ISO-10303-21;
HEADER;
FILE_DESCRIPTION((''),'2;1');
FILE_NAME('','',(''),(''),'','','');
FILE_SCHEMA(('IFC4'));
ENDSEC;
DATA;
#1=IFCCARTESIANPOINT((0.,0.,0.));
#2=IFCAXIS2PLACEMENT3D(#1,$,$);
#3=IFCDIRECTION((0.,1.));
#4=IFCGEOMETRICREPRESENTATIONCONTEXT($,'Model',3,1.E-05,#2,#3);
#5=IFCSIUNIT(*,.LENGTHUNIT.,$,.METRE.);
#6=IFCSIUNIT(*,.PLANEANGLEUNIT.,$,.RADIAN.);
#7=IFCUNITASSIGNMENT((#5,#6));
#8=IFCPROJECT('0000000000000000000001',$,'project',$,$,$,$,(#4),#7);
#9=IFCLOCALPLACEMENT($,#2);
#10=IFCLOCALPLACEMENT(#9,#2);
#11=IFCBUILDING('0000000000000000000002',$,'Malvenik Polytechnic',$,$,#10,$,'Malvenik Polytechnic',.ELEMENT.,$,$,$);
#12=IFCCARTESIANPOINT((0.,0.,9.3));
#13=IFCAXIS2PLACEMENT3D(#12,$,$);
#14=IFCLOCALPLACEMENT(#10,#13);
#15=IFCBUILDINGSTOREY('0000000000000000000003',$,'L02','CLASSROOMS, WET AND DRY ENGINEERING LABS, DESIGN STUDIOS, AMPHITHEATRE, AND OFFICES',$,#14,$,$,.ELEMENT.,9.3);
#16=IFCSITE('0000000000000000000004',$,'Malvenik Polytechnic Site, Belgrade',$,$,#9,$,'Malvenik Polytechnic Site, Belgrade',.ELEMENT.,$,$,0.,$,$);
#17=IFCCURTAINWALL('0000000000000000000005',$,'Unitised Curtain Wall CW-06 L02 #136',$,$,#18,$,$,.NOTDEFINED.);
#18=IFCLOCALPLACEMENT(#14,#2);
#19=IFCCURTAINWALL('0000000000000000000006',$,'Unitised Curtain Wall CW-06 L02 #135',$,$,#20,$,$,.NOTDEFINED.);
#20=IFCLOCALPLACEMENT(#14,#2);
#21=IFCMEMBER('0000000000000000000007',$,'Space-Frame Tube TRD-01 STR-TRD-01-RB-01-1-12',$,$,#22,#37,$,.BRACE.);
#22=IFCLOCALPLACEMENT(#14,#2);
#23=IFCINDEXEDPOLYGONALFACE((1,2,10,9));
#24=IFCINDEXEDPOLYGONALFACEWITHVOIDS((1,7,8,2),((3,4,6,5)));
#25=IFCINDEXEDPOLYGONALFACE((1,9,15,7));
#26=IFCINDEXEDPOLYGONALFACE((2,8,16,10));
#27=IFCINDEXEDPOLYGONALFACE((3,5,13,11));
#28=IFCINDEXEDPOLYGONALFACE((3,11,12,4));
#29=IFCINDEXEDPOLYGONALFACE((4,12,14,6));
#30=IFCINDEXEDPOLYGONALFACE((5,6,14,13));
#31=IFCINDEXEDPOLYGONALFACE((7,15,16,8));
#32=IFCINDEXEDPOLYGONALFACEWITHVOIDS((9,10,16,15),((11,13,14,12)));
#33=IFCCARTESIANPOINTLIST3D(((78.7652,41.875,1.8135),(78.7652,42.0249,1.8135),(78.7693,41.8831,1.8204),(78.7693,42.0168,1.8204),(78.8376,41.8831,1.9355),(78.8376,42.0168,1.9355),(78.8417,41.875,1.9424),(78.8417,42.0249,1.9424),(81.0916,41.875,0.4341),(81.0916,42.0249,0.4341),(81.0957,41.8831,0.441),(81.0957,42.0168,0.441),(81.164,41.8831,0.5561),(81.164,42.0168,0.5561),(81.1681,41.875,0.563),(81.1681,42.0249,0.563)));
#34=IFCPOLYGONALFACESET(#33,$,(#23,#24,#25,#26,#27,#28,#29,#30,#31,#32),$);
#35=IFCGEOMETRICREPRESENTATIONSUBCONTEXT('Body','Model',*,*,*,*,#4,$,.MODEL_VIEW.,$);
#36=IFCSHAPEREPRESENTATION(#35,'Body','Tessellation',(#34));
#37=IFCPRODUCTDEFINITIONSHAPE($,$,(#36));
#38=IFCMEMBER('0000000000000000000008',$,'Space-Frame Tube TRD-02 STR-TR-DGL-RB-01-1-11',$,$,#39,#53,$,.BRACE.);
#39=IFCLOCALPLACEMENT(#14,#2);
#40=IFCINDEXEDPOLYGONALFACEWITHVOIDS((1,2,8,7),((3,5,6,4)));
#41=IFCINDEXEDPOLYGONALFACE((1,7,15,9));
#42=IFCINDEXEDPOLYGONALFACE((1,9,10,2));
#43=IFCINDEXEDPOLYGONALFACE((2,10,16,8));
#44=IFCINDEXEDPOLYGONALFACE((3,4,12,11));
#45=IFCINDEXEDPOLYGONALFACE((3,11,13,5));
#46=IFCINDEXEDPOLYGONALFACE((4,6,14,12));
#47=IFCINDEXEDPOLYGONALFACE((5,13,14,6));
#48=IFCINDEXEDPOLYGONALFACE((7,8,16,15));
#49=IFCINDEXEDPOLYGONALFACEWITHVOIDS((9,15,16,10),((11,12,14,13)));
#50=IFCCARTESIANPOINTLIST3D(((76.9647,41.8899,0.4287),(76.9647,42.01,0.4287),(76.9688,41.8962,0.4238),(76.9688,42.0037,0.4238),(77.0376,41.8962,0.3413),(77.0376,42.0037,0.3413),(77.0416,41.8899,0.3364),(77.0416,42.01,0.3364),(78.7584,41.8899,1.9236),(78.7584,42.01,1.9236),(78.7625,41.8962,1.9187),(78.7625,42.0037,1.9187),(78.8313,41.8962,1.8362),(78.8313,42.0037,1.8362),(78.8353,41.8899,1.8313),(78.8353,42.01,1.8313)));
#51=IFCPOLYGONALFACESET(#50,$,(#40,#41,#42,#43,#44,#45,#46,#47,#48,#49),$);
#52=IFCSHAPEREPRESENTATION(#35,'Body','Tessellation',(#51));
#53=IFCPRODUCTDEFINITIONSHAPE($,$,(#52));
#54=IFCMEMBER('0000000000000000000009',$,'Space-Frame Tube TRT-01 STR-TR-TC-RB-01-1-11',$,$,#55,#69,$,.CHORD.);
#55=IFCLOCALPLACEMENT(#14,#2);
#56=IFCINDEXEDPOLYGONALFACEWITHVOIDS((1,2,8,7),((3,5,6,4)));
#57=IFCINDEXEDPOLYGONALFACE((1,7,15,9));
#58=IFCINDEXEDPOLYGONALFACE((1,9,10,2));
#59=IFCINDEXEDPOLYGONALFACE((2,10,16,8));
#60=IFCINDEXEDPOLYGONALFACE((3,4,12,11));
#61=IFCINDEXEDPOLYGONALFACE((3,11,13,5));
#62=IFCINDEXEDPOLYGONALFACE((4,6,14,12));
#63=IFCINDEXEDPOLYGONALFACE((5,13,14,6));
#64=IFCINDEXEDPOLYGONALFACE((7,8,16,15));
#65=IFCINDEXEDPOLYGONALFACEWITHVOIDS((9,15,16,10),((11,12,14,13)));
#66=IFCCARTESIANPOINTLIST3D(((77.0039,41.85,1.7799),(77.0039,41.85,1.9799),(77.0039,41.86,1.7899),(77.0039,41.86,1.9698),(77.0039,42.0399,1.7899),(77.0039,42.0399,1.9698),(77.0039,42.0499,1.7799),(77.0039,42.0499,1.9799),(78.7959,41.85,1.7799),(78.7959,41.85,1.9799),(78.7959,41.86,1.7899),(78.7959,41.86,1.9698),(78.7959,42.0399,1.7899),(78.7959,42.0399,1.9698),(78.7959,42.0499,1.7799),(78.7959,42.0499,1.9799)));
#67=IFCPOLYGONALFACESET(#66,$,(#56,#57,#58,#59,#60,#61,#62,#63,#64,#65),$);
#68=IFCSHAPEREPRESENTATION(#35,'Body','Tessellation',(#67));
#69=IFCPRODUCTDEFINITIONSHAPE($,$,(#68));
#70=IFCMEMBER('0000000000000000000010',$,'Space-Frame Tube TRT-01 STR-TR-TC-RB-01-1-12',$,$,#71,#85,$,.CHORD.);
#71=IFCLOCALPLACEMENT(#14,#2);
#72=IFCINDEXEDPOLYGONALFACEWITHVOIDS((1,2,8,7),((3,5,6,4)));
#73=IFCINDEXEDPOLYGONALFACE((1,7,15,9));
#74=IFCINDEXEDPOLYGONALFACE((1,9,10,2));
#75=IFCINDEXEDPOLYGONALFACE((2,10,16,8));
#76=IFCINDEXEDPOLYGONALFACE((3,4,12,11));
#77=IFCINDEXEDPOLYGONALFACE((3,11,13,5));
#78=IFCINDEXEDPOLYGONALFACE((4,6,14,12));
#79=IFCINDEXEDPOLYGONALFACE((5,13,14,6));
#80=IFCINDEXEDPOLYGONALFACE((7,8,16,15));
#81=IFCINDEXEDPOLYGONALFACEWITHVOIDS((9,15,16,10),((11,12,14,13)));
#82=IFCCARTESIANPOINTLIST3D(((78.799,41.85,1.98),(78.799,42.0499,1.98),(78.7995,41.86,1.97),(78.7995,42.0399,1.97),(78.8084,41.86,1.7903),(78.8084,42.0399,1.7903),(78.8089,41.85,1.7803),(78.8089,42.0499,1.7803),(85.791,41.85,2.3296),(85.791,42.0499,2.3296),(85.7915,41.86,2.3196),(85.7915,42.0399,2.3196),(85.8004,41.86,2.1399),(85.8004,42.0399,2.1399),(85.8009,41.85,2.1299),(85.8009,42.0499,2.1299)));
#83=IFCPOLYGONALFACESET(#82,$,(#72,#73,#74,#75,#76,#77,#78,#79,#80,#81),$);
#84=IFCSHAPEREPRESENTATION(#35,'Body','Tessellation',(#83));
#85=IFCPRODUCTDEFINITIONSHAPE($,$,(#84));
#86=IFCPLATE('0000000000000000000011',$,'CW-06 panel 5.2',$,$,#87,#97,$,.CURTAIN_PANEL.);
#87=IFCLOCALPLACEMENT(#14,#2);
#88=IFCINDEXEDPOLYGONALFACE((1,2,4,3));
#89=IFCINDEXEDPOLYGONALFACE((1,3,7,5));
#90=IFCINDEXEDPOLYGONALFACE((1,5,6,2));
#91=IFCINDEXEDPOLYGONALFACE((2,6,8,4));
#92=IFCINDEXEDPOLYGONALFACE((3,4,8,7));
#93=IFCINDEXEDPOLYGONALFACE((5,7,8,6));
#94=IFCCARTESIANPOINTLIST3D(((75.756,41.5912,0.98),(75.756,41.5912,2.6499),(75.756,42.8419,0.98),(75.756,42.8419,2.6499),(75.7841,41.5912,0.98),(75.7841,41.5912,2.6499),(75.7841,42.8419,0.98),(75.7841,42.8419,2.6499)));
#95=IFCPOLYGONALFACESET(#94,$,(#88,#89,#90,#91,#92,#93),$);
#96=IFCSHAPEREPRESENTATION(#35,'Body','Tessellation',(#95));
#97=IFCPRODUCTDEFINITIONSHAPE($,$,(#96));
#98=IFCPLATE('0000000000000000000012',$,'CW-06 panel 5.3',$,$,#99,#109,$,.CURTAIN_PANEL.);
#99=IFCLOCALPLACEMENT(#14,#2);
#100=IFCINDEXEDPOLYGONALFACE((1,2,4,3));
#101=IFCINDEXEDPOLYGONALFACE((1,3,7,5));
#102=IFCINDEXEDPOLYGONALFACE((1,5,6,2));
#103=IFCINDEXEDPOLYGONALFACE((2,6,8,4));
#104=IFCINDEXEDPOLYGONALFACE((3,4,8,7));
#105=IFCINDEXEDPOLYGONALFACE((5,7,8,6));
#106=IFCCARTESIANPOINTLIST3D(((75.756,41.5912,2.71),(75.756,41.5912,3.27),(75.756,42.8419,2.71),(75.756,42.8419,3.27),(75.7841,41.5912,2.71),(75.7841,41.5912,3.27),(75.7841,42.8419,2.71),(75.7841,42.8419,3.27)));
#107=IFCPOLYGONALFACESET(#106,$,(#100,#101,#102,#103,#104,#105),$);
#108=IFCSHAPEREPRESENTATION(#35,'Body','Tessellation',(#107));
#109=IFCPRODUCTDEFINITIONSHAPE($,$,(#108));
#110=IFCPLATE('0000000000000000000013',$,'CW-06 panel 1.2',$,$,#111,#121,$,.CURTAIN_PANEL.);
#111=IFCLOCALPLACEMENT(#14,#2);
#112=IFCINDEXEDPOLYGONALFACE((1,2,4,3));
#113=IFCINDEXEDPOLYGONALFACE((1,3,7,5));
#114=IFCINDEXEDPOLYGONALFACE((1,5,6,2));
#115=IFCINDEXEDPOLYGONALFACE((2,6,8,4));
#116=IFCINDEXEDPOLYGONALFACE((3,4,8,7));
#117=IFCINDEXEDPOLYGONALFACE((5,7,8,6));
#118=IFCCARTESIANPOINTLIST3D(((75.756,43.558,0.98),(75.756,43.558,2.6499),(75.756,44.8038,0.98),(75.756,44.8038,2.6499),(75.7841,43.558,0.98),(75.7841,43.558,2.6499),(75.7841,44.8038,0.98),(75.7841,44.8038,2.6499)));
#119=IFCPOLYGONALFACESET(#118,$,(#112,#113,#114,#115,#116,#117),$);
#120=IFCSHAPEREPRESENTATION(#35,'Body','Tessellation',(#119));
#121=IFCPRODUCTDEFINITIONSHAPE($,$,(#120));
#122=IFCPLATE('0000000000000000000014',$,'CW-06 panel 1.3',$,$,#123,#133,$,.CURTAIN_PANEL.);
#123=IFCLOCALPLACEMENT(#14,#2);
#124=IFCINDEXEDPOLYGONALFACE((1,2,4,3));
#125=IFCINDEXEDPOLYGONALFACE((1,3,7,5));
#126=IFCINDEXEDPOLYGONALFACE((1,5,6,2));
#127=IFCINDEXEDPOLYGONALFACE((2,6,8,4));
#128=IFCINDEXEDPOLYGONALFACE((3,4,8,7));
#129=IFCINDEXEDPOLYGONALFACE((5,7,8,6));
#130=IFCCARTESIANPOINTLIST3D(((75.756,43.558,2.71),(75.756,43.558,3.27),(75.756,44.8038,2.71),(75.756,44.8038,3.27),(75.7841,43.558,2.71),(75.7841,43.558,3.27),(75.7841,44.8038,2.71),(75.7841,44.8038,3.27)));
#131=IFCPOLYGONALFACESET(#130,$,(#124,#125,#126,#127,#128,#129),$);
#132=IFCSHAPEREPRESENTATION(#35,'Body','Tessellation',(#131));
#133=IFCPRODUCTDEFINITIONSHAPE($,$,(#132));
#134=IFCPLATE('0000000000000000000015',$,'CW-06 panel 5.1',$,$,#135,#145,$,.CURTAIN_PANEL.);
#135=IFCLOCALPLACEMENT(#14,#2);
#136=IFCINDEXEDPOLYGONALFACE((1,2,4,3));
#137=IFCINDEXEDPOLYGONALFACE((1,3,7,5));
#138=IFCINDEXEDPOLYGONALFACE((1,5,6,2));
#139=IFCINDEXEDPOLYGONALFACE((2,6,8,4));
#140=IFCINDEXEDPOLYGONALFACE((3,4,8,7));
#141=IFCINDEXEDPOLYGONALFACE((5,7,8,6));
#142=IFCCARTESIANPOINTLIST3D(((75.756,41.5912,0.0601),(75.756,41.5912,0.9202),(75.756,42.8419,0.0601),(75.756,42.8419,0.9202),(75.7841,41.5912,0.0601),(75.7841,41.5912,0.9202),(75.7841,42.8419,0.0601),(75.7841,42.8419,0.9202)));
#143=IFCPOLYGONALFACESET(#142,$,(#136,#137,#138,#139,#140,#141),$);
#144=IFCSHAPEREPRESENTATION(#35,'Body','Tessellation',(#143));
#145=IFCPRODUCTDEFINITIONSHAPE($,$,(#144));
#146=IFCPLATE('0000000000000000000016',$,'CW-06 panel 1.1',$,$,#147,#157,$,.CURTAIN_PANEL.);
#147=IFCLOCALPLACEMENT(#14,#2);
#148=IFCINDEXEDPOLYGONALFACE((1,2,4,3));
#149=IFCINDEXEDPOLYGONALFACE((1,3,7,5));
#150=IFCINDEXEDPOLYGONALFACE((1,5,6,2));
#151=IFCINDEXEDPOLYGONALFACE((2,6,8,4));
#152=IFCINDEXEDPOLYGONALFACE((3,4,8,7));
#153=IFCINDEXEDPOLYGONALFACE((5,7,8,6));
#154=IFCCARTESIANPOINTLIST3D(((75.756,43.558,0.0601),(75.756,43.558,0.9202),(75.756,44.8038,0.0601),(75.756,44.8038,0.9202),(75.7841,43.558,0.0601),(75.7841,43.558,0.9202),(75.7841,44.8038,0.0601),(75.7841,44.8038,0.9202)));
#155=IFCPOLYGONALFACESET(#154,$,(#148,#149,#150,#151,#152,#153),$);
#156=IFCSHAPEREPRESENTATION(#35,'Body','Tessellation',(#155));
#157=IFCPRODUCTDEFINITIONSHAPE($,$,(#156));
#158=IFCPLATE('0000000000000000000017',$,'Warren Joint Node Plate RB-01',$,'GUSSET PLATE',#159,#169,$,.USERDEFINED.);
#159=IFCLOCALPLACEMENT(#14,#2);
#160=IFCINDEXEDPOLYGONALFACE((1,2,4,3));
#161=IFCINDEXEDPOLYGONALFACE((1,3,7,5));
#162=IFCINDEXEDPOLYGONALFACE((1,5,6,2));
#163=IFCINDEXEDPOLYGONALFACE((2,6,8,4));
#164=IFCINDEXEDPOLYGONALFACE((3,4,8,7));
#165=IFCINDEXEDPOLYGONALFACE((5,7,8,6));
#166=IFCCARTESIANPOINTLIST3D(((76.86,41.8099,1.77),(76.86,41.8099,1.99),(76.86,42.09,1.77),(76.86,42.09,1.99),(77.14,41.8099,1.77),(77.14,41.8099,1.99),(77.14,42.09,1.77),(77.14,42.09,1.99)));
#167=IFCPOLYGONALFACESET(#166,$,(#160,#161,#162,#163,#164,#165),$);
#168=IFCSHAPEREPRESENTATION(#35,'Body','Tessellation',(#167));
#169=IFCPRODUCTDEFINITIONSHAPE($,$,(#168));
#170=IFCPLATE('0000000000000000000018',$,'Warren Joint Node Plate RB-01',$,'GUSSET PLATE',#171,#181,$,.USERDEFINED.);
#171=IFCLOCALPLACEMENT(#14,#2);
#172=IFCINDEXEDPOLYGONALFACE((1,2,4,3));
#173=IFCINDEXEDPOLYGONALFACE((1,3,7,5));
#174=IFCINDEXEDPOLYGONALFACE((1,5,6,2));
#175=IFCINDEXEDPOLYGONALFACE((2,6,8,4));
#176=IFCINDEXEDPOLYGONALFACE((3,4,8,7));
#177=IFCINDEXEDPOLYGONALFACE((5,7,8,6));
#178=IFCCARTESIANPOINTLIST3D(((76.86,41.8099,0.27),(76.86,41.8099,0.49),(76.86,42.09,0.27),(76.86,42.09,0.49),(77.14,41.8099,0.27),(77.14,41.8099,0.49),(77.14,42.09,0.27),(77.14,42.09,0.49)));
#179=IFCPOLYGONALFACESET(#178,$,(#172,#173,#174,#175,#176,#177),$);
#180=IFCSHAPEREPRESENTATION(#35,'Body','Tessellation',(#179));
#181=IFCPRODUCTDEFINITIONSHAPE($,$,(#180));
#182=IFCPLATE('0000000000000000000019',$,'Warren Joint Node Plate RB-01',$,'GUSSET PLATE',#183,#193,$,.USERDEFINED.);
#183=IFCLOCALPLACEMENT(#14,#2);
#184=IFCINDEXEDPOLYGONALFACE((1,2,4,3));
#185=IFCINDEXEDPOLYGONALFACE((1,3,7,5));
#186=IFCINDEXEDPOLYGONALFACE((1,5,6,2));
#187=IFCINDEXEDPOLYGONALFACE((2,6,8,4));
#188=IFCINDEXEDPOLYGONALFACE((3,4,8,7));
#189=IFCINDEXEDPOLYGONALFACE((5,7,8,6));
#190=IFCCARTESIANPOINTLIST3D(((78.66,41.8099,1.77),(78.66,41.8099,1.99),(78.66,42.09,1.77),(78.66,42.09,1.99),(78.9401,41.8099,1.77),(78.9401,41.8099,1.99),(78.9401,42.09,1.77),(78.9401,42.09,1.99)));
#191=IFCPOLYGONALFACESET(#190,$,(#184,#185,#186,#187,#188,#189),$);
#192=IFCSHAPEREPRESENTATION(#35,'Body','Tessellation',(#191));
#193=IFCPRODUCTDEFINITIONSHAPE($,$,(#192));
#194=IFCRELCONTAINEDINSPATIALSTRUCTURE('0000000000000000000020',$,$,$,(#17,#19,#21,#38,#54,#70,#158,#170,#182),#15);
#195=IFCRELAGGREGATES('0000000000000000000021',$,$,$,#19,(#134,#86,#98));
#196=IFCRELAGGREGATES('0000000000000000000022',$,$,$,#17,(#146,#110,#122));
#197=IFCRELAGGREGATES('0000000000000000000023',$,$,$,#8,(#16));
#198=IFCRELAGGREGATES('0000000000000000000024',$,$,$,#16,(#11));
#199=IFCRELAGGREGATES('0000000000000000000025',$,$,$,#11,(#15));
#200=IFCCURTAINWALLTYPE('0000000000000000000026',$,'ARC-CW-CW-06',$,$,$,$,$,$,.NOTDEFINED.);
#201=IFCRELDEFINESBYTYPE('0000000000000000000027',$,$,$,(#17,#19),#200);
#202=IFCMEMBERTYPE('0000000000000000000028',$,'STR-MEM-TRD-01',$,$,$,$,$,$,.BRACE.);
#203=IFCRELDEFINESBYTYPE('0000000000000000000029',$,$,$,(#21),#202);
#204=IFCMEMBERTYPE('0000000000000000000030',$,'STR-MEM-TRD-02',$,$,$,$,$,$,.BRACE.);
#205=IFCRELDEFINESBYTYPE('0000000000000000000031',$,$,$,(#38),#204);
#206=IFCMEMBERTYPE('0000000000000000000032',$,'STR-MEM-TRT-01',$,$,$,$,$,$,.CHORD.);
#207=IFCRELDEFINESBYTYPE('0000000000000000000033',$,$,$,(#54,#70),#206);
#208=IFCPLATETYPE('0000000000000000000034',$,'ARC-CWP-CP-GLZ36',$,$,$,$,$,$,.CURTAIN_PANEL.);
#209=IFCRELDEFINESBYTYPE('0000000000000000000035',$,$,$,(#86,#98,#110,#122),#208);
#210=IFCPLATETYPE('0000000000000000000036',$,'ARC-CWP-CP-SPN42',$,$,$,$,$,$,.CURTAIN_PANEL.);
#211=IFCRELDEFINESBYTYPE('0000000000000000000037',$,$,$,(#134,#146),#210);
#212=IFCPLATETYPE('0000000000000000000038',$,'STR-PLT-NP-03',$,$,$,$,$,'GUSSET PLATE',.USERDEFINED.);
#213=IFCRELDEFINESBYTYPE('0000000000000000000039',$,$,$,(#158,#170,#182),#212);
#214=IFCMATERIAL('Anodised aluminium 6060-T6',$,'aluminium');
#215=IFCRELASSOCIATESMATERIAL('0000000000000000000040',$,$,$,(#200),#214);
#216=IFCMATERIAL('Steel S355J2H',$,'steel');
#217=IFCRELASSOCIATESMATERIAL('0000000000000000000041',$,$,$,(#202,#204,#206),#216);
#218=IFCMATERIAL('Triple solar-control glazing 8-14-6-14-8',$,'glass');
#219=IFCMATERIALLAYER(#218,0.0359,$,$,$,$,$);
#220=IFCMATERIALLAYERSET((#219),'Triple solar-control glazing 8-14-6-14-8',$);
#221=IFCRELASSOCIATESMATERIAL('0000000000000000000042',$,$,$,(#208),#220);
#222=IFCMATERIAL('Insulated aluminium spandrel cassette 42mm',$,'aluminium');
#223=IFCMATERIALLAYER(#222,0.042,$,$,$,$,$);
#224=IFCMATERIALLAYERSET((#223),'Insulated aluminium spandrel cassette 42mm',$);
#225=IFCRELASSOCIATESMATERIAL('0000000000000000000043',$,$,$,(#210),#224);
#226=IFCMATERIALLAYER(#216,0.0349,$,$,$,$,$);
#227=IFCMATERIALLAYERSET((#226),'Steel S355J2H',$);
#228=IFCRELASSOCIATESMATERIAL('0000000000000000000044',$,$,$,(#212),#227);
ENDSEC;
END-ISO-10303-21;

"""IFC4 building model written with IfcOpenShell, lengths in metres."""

from ifc_helpers import new_model, si_unit, direction, frame, origin, origin_2d, place, context, subcontext, project, spatial, rectangle, hollow_rectangle, extrude, material, layer, layer_set, material_profile, profile_set, type_object, element, aggregate, save


model = new_model("IFC4")

# Units and contexts
model_context = context("Model", 3, precision=1e-05, world=origin(), true_north=direction((0.0, 1.0)))
body_context = subcontext(model_context, "Body", "Model", "MODEL_VIEW")
ifc_project = project(units=[si_unit("LENGTHUNIT", "METRE"), si_unit("PLANEANGLEUNIT", "RADIAN")], contexts=[model_context])

# Site, building, storey
site_placement = place(None, origin())
site = spatial("IfcSite", under=ifc_project, at=site_placement, Name="Malvenik Polytechnic Site, Belgrade", LongName="Malvenik Polytechnic Site, Belgrade", CompositionType="ELEMENT", RefElevation=0.0)
building_placement = place(site_placement, origin())
building = spatial("IfcBuilding", under=site, at=building_placement, Name="Malvenik Polytechnic", LongName="Malvenik Polytechnic", CompositionType="ELEMENT")
storey_placement = place(building_placement, frame((0.0, 0.0, 9.3)))
storey = spatial("IfcBuildingStorey", under=building, at=storey_placement, Name="L02", Description="CLASSROOMS, WET AND DRY ENGINEERING LABS, DESIGN STUDIOS, AMPHITHEATRE, AND OFFICES", CompositionType="ELEMENT", Elevation=9.3)

# Shared definitions
ifc_material_1 = material(Name="Steel S355J2H", Category="steel")

# Curtain wall
ifc_material_2 = material(Name="Anodised aluminium 6060-T6", Category="aluminium")
curtain_wall_type = type_object("IfcCurtainWallType", Name="ARC-CW-CW-06", PredefinedType="NOTDEFINED", material=ifc_material_2)
curtain_wall_1_placement = place(storey_placement, origin())
curtain_wall_1 = element("IfcCurtainWall", 1, at=curtain_wall_1_placement, inside=storey, type_object=curtain_wall_type, Name="Unitised Curtain Wall CW-06 L02 #136", PredefinedType="NOTDEFINED")

# Curtain wall
curtain_wall_2_placement = place(storey_placement, origin())
curtain_wall_2 = element("IfcCurtainWall", 2, at=curtain_wall_2_placement, inside=storey, type_object=curtain_wall_type, Name="Unitised Curtain Wall CW-06 L02 #135", PredefinedType="NOTDEFINED")

# Members
ifc_material_profile_1 = material_profile(ifc_material_1, hollow_rectangle(XDim=0.1499, YDim=0.1499, WallThickness=0.0081, at=origin_2d()), Name="SHS 150x150x8.0")
ifc_profile_set_1 = profile_set([ifc_material_profile_1], Name="Steel S355J2H")
member_type_1 = type_object("IfcMemberType", Name="STR-MEM-TRD-01", PredefinedType="BRACE", material=ifc_profile_set_1)
for number, where, z_axis, x_axis, name in (
    (3, (78.8035, 41.95, 1.8779), (0.860165, 0.0, -0.510015), (0.0, 1.0, 0.0), "Space-Frame Tube TRD-01 STR-TRD-01-RB-01-1-12"),
):
    element("IfcMember", number, at=place(storey_placement, frame(where, z_axis=z_axis, x_axis=x_axis)), inside=storey, type_object=member_type_1, Name=name, PredefinedType="BRACE", context=body_context, shape_type="SweptSolid", body=[
        extrude(hollow_rectangle(XDim=0.1499, YDim=0.1499, WallThickness=0.0081, at=origin_2d()), origin(), (0.0, 0.0, 1.0), 2.7046),
    ])
ifc_material_profile_2 = material_profile(ifc_material_1, hollow_rectangle(XDim=0.1201, YDim=0.1201, WallThickness=0.0063, at=origin_2d()), Name="SHS 120x120x6.3")
ifc_profile_set_2 = profile_set([ifc_material_profile_2], Name="Steel S355J2H")
member_type_2 = type_object("IfcMemberType", Name="STR-MEM-TRD-02", PredefinedType="BRACE", material=ifc_profile_set_2)
member_1_placement = place(storey_placement, frame((77.0032, 41.95, 0.3826), z_axis=(0.768196, 0.0, 0.640215), x_axis=(0.0, 1.0, 0.0)))
element("IfcMember", 4, at=member_1_placement, inside=storey, type_object=member_type_2, Name="Space-Frame Tube TRD-02 STR-TR-DGL-RB-01-1-11", PredefinedType="BRACE", context=body_context, shape_type="SweptSolid", body=[
    extrude(hollow_rectangle(XDim=0.1201, YDim=0.1201, WallThickness=0.0063, at=origin_2d()), origin(), (0.0, 0.0, 1.0), 2.335),
])
ifc_material_profile_3 = material_profile(ifc_material_1, hollow_rectangle(XDim=0.2, YDim=0.2, WallThickness=0.01, at=origin_2d()), Name="SHS 200x200x10.0")
ifc_profile_set_3 = profile_set([ifc_material_profile_3], Name="Steel S355J2H")
member_type_3 = type_object("IfcMemberType", Name="STR-MEM-TRT-01", PredefinedType="CHORD", material=ifc_profile_set_3)
member_2_placement = place(storey_placement, frame((77.0039, 41.95, 1.8799), z_axis=(1.0, 0.0, 0.0), x_axis=(0.0, 1.0, 0.0)))
element("IfcMember", 5, at=member_2_placement, inside=storey, type_object=member_type_3, Name="Space-Frame Tube TRT-01 STR-TR-TC-RB-01-1-11", PredefinedType="CHORD", context=body_context, shape_type="SweptSolid", body=[
    extrude(hollow_rectangle(XDim=0.2, YDim=0.2, WallThickness=0.01, at=origin_2d()), origin(), (0.0, 0.0, 1.0), 1.792),
])
member_3_placement = place(storey_placement, frame((78.804, 41.95, 1.8801), z_axis=(0.998752, 0.0, 0.049939), x_axis=(0.0, 1.0, 0.0)))
element("IfcMember", 6, at=member_3_placement, inside=storey, type_object=member_type_3, Name="Space-Frame Tube TRT-01 STR-TR-TC-RB-01-1-12", PredefinedType="CHORD", context=body_context, shape_type="SweptSolid", body=[
    extrude(hollow_rectangle(XDim=0.2, YDim=0.2, WallThickness=0.01, at=origin_2d()), origin(), (0.0, 0.0, 1.0), 7.0007),
])

# Plates
ifc_material_3 = material(Name="Triple solar-control glazing 8-14-6-14-8", Category="glass")
ifc_layer_1 = layer(ifc_material_3, 0.0359)
ifc_layer_set_1 = layer_set([ifc_layer_1], Name="Triple solar-control glazing 8-14-6-14-8")
plate_type_1 = type_object("IfcPlateType", Name="ARC-CWP-CP-GLZ36", PredefinedType="CURTAIN_PANEL", material=ifc_layer_set_1)
plate_1_placement = place(storey_placement, frame((75.77, 42.2166, 0.98), z_axis=(0.0, 0.0, 1.0), x_axis=(0.0, 1.0, 0.0)))
plate_1 = element("IfcPlate", 7, at=plate_1_placement, type_object=plate_type_1, Name="CW-06 panel 5.2", PredefinedType="CURTAIN_PANEL", context=body_context, shape_type="SweptSolid", body=[
    extrude(rectangle(XDim=1.2507, YDim=0.0281, at=origin_2d()), origin(), (0.0, 0.0, 1.0), 1.6699),
])
plate_2_placement = place(storey_placement, frame((75.77, 42.2166, 2.71), z_axis=(0.0, 0.0, 1.0), x_axis=(0.0, 1.0, 0.0)))
plate_2 = element("IfcPlate", 8, at=plate_2_placement, type_object=plate_type_1, Name="CW-06 panel 5.3", PredefinedType="CURTAIN_PANEL", context=body_context, shape_type="SweptSolid", body=[
    extrude(rectangle(XDim=1.2507, YDim=0.0281, at=origin_2d()), origin(), (0.0, 0.0, 1.0), 0.5601),
])
plate_3_placement = place(storey_placement, frame((75.77, 44.1809, 0.98), z_axis=(0.0, 0.0, 1.0), x_axis=(0.0, 1.0, 0.0)))
plate_3 = element("IfcPlate", 9, at=plate_3_placement, type_object=plate_type_1, Name="CW-06 panel 1.2", PredefinedType="CURTAIN_PANEL", context=body_context, shape_type="SweptSolid", body=[
    extrude(rectangle(XDim=1.2458, YDim=0.0281, at=origin_2d()), origin(), (0.0, 0.0, 1.0), 1.6699),
])
plate_4_placement = place(storey_placement, frame((75.77, 44.1809, 2.71), z_axis=(0.0, 0.0, 1.0), x_axis=(0.0, 1.0, 0.0)))
plate_4 = element("IfcPlate", 10, at=plate_4_placement, type_object=plate_type_1, Name="CW-06 panel 1.3", PredefinedType="CURTAIN_PANEL", context=body_context, shape_type="SweptSolid", body=[
    extrude(rectangle(XDim=1.2458, YDim=0.0281, at=origin_2d()), origin(), (0.0, 0.0, 1.0), 0.5601),
])
ifc_material_4 = material(Name="Insulated aluminium spandrel cassette 42mm", Category="aluminium")
ifc_layer_2 = layer(ifc_material_4, 0.042)
ifc_layer_set_2 = layer_set([ifc_layer_2], Name="Insulated aluminium spandrel cassette 42mm")
plate_type_2 = type_object("IfcPlateType", Name="ARC-CWP-CP-SPN42", PredefinedType="CURTAIN_PANEL", material=ifc_layer_set_2)
plate_5_placement = place(storey_placement, frame((75.77, 42.2166, 0.0601), z_axis=(0.0, 0.0, 1.0), x_axis=(0.0, 1.0, 0.0)))
plate_5 = element("IfcPlate", 11, at=plate_5_placement, type_object=plate_type_2, Name="CW-06 panel 5.1", PredefinedType="CURTAIN_PANEL", context=body_context, shape_type="SweptSolid", body=[
    extrude(rectangle(XDim=1.2507, YDim=0.0281, at=origin_2d()), origin(), (0.0, 0.0, 1.0), 0.8601),
])
aggregate(curtain_wall_2, [plate_5, plate_1, plate_2])
plate_6_placement = place(storey_placement, frame((75.77, 44.1809, 0.0601), z_axis=(0.0, 0.0, 1.0), x_axis=(0.0, 1.0, 0.0)))
plate_6 = element("IfcPlate", 12, at=plate_6_placement, type_object=plate_type_2, Name="CW-06 panel 1.1", PredefinedType="CURTAIN_PANEL", context=body_context, shape_type="SweptSolid", body=[
    extrude(rectangle(XDim=1.2458, YDim=0.0281, at=origin_2d()), origin(), (0.0, 0.0, 1.0), 0.8601),
])
aggregate(curtain_wall_1, [plate_6, plate_3, plate_4])

# Plates
ifc_layer_3 = layer(ifc_material_1, 0.0349)
ifc_layer_set_3 = layer_set([ifc_layer_3], Name="Steel S355J2H")
plate_type_3 = type_object("IfcPlateType", Name="STR-PLT-NP-03", ElementType="GUSSET PLATE", PredefinedType="USERDEFINED", material=ifc_layer_set_3)
for number, where, z_axis, x_axis, name in (
    (13, (77.0, 41.95, 1.77), (0.0, 0.0, 1.0), (1.0, 0.0, 0.0), "Warren Joint Node Plate RB-01"),
    (14, (77.0, 41.95, 0.27), (0.0, 0.0, 1.0), (1.0, 0.0, 0.0), "Warren Joint Node Plate RB-01"),
    (15, (78.8, 41.95, 1.77), (0.0, 0.0, 1.0), (1.0, 0.0, 0.0), "Warren Joint Node Plate RB-01"),
):
    element("IfcPlate", number, at=place(storey_placement, frame(where, z_axis=z_axis, x_axis=x_axis)), inside=storey, type_object=plate_type_3, Name=name, ObjectType="GUSSET PLATE", PredefinedType="USERDEFINED", context=body_context, shape_type="SweptSolid", body=[
        extrude(rectangle(XDim=0.28, YDim=0.28, at=origin_2d()), origin(), (0.0, 0.0, 1.0), 0.22),
    ])

save(model, "model.ifc")
